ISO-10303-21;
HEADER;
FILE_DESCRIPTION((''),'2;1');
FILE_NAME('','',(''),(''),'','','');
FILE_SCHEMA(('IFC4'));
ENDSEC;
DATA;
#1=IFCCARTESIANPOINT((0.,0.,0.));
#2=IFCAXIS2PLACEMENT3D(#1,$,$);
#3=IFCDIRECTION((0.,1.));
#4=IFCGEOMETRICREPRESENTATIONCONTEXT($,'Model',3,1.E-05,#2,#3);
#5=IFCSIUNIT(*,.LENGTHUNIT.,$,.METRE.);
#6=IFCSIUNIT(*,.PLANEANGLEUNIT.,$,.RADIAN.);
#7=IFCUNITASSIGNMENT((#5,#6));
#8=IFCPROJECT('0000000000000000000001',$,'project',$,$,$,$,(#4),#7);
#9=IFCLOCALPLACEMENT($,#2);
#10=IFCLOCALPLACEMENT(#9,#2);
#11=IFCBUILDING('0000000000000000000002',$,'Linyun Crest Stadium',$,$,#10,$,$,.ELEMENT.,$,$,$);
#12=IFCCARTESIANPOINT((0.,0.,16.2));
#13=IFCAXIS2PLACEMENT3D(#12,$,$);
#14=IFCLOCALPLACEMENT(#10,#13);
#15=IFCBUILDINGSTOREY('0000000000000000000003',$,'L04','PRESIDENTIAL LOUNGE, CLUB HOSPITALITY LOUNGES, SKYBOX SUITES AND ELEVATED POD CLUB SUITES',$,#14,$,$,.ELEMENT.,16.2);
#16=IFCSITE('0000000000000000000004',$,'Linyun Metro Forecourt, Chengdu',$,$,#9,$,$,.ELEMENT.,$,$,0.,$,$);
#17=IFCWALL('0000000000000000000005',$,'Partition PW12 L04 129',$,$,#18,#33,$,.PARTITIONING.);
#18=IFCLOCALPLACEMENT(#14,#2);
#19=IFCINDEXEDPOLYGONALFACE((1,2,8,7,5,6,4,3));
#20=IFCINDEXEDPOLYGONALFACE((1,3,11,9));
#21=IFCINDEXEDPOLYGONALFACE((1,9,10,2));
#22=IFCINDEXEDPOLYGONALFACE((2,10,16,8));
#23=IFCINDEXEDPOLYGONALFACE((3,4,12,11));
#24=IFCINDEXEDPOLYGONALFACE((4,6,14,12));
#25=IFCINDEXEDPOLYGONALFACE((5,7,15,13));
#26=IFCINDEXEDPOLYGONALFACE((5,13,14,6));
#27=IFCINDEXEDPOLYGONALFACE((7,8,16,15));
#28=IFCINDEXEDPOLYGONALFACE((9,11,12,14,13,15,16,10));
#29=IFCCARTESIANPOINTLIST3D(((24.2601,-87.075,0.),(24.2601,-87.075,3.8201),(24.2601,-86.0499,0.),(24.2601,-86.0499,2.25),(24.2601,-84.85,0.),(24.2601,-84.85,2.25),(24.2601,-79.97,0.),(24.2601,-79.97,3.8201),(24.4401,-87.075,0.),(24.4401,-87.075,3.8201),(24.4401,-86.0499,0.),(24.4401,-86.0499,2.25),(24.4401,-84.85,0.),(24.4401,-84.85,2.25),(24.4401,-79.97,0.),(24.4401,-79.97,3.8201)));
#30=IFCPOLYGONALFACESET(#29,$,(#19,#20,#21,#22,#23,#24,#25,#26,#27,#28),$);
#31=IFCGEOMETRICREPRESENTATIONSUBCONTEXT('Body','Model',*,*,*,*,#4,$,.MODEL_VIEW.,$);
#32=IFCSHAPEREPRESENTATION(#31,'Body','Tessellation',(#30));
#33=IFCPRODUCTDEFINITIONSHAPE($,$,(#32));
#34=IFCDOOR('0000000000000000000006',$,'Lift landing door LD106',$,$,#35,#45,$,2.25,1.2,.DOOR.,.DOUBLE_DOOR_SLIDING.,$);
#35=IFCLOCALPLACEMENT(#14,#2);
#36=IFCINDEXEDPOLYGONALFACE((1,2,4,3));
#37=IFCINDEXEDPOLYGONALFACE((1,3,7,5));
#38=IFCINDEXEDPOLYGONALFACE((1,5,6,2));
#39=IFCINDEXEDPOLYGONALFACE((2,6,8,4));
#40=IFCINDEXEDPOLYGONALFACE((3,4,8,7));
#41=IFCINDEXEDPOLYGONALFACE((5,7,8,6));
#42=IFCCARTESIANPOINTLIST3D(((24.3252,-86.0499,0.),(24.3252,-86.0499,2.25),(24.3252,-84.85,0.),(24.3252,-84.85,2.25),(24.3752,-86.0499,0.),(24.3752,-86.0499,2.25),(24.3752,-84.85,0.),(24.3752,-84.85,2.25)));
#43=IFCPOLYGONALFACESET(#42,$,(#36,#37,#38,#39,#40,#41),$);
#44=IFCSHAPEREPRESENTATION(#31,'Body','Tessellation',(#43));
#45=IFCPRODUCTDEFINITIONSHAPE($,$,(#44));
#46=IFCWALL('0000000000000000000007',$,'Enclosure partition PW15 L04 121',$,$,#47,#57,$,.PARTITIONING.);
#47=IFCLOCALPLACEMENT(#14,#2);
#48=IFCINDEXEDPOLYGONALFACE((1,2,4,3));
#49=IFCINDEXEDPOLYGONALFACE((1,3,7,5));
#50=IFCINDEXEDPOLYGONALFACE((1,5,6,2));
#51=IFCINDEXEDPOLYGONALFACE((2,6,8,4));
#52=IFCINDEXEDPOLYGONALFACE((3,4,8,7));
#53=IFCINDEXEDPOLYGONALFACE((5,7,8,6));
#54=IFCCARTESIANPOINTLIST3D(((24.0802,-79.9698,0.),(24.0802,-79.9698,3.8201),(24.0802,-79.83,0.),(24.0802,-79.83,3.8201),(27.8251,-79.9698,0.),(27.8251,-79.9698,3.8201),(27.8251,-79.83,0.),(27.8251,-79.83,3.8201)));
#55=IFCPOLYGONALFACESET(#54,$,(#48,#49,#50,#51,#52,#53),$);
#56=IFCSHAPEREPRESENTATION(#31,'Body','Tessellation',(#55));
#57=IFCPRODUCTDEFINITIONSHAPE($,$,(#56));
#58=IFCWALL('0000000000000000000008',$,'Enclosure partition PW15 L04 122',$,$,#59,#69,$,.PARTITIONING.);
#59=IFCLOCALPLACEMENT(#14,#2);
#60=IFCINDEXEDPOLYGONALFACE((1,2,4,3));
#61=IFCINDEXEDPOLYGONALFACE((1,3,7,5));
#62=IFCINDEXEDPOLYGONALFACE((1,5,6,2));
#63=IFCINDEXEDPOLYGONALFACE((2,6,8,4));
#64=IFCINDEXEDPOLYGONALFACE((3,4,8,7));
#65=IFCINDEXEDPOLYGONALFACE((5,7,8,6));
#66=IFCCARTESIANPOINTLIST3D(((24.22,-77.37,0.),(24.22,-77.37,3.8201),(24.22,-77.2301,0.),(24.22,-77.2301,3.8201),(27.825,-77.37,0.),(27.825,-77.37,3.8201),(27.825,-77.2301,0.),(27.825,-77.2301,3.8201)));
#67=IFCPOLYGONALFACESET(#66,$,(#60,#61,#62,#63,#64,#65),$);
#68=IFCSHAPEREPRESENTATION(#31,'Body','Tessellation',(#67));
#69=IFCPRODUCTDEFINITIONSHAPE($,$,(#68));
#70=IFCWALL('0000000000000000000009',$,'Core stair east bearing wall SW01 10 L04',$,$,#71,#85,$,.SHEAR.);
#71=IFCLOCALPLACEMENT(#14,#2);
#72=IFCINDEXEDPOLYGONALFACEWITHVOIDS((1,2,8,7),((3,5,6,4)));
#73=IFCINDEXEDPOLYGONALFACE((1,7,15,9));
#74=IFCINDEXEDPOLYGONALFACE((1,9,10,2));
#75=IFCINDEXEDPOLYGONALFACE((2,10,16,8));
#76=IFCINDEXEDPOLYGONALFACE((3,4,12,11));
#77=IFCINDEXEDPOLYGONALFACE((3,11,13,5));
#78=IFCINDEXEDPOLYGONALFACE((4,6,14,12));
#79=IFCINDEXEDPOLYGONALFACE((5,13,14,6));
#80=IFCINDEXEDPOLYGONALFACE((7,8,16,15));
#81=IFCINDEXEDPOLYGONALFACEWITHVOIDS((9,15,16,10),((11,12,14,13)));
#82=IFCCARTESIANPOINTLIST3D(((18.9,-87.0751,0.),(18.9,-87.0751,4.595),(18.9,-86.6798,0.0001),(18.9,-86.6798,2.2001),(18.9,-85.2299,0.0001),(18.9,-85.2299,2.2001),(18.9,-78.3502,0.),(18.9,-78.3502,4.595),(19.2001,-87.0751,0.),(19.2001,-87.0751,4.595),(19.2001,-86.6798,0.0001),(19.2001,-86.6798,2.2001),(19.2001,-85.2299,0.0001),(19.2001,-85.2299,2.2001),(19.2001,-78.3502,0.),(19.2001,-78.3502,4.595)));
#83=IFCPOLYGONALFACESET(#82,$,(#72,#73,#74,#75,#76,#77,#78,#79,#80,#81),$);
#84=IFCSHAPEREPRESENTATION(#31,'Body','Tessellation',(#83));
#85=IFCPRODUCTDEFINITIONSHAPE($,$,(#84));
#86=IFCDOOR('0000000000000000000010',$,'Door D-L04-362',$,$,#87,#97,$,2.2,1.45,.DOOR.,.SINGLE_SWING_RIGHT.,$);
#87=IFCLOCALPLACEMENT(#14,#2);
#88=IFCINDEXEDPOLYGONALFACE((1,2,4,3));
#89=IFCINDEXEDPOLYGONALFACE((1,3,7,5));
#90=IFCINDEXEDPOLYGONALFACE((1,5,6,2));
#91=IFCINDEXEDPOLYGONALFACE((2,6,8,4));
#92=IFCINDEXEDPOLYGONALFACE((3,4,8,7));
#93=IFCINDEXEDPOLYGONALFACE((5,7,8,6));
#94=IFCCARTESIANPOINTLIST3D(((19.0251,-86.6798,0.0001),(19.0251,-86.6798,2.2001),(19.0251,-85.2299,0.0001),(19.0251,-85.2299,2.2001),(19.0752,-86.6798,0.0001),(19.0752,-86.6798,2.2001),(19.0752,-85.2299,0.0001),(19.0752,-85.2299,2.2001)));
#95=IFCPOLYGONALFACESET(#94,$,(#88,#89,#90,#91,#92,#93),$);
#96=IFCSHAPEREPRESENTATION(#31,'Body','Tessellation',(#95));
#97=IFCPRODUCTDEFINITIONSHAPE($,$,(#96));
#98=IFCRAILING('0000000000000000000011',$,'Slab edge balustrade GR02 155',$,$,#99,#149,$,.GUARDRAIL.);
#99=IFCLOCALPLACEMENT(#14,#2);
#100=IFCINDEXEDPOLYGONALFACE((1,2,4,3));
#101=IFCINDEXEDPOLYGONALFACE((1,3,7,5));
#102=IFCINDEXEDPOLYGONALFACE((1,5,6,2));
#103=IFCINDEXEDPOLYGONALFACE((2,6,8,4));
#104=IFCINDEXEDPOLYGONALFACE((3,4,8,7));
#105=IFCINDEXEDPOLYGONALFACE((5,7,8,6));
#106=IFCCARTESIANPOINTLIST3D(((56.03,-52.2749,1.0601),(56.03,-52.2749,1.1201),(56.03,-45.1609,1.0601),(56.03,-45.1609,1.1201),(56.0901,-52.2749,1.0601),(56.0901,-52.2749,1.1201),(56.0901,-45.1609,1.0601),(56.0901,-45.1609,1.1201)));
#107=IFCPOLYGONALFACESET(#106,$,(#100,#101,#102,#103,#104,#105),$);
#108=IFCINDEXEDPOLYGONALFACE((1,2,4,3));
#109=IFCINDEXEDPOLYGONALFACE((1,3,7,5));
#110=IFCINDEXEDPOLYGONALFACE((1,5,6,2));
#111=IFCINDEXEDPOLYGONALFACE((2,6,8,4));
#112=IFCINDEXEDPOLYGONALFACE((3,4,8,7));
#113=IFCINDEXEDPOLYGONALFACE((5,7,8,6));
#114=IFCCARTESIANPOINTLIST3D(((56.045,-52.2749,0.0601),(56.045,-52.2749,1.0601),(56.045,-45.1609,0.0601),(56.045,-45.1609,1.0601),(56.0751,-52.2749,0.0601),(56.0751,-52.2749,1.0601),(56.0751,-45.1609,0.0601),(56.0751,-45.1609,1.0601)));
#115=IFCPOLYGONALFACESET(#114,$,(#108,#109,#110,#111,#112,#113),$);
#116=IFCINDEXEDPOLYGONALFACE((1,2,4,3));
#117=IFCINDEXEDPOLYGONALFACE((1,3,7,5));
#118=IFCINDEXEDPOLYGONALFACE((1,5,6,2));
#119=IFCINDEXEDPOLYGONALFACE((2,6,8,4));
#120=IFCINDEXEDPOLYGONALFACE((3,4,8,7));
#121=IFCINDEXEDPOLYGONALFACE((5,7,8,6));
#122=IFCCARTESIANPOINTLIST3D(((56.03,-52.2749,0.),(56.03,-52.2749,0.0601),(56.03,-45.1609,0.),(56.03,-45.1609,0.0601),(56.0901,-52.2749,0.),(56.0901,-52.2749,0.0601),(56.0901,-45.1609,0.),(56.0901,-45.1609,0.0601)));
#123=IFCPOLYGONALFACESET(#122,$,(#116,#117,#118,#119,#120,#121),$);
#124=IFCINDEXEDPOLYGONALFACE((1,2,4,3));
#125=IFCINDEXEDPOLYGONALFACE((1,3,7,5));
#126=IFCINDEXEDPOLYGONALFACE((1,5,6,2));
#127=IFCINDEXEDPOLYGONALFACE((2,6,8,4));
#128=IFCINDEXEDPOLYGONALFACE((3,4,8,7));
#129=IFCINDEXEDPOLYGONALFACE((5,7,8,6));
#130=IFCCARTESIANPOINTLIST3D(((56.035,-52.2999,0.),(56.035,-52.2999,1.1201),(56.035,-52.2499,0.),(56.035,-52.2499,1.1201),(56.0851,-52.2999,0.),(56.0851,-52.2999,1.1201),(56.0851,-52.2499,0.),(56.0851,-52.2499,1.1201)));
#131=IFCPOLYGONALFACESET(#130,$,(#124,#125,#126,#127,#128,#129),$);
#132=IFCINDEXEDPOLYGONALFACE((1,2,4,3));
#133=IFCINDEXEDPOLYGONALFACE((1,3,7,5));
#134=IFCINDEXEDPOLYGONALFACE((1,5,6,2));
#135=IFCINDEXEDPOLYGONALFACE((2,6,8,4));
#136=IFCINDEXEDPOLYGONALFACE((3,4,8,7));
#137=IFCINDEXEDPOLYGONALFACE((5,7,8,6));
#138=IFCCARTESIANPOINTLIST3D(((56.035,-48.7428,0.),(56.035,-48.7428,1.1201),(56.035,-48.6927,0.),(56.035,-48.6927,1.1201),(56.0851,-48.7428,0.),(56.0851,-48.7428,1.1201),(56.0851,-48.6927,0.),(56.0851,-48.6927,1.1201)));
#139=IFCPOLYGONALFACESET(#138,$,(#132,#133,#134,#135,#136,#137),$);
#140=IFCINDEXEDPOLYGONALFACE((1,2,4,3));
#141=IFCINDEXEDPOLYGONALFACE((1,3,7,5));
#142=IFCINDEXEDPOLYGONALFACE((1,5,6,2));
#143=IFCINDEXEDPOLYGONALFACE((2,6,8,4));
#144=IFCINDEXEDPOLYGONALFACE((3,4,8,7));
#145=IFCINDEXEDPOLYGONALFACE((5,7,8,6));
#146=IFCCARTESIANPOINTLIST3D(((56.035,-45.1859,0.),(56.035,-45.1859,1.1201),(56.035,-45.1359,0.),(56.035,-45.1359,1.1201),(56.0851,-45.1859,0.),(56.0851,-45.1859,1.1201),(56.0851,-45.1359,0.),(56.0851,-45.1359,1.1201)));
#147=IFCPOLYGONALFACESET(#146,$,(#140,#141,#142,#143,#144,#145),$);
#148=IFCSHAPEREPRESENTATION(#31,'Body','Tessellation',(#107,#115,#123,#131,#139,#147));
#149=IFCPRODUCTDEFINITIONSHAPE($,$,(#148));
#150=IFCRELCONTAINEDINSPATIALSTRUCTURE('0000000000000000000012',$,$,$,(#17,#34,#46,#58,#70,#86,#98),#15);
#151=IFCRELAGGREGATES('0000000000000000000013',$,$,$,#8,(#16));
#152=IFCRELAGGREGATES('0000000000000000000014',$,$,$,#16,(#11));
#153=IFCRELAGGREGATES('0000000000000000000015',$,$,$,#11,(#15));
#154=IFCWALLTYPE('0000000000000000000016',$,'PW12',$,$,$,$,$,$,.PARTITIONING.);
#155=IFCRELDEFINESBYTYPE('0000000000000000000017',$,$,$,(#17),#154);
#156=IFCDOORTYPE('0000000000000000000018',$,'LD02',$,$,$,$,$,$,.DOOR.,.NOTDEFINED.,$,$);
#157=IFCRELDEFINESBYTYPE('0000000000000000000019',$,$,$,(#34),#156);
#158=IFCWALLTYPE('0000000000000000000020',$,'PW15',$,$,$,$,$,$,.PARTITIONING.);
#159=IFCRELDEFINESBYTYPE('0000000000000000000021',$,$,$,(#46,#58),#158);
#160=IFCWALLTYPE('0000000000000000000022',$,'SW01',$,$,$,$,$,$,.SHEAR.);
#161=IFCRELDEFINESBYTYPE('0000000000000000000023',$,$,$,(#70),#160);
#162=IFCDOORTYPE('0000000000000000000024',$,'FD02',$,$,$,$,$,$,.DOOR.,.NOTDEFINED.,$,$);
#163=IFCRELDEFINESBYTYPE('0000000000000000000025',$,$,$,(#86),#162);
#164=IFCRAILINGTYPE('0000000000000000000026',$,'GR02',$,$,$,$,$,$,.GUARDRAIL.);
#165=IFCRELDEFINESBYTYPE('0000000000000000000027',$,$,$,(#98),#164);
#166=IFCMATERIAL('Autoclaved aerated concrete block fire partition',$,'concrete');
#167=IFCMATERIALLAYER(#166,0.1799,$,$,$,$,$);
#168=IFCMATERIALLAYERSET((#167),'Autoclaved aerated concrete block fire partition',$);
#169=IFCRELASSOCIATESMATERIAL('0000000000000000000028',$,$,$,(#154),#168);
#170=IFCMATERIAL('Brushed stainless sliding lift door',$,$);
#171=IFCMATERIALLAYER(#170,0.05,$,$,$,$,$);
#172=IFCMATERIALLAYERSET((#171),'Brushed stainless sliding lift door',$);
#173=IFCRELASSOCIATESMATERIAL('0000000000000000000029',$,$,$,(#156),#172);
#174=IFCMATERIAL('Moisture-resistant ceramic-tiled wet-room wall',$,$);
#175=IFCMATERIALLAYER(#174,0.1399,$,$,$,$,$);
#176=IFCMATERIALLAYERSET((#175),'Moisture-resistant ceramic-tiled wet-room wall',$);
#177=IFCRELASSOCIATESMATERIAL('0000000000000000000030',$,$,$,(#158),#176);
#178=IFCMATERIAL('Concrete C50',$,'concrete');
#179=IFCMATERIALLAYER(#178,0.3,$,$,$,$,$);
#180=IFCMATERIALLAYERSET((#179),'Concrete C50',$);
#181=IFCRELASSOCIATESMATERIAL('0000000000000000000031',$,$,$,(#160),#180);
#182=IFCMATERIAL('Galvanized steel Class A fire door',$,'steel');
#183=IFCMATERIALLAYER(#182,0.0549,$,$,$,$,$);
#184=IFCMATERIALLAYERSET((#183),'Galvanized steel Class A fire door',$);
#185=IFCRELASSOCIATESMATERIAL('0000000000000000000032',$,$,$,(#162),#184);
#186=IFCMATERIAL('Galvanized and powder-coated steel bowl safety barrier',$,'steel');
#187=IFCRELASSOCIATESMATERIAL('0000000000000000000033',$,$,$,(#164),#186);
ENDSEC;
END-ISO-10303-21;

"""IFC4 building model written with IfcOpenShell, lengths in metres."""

from ifc_helpers import new_model, si_unit, direction, frame, frame_2d, origin, origin_2d, place, context, subcontext, project, spatial, rectangle, extrude, material, layer, layer_set, type_object, element, fill, save


model = new_model("IFC4")

# Units and contexts
model_context = context("Model", 3, precision=1e-05, world=origin(), true_north=direction((0.0, 1.0)))
body_context = subcontext(model_context, "Body", "Model", "MODEL_VIEW")
ifc_project = project(units=[si_unit("LENGTHUNIT", "METRE"), si_unit("PLANEANGLEUNIT", "RADIAN")], contexts=[model_context])

# Site, building, storey
site_placement = place(None, origin())
site = spatial("IfcSite", under=ifc_project, at=site_placement, Name="Linyun Metro Forecourt, Chengdu", CompositionType="ELEMENT", RefElevation=0.0)
building_placement = place(site_placement, origin())
building = spatial("IfcBuilding", under=site, at=building_placement, Name="Linyun Crest Stadium", CompositionType="ELEMENT")
storey_placement = place(building_placement, frame((0.0, 0.0, 16.2)))
storey = spatial("IfcBuildingStorey", under=building, at=storey_placement, Name="L04", Description="PRESIDENTIAL LOUNGE, CLUB HOSPITALITY LOUNGES, SKYBOX SUITES AND ELEVATED POD CLUB SUITES", CompositionType="ELEMENT", Elevation=16.2)

# Wall, opening, door
ifc_material_1 = material(Name="Autoclaved aerated concrete block fire partition", Category="concrete")
ifc_layer_1 = layer(ifc_material_1, 0.1799)
ifc_layer_set_1 = layer_set([ifc_layer_1], Name="Autoclaved aerated concrete block fire partition")
wall_type_1 = type_object("IfcWallType", Name="PW12", PredefinedType="PARTITIONING", material=ifc_layer_set_1)
wall_1_placement = place(storey_placement, frame((24.3501, -87.075, 0.0), z_axis=(0.0, 0.0, 1.0), x_axis=(0.0, 1.0, 0.0)))
wall_1 = element("IfcWall", 1, at=wall_1_placement, inside=storey, type_object=wall_type_1, Name="Partition PW12 L04 129", PredefinedType="PARTITIONING", context=body_context, shape_type="SweptSolid", body=[
    extrude(rectangle(XDim=7.105, YDim=0.1799, at=frame_2d((3.5525, 0.0))), origin(), (0.0, 0.0, 1.0), 3.8201),
])
opening_1_placement = place(wall_1_placement, frame((1.0249, 0.0, 0.0)))
opening_1 = element("IfcOpeningElement", 2, at=opening_1_placement, cuts=wall_1, PredefinedType="OPENING", context=body_context, shape_type="SweptSolid", body=[
    extrude(rectangle(XDim=1.2, YDim=2.25, at=frame_2d((0.6001, 1.125))), frame((0.0, 0.0999, 0.0), z_axis=(0.0, -1.0, 0.0), x_axis=(1.0, 0.0, 0.0)), (0.0, 0.0, 1.0), 0.2),
])
ifc_material_2 = material(Name="Brushed stainless sliding lift door")
ifc_layer_2 = layer(ifc_material_2, 0.05)
ifc_layer_set_2 = layer_set([ifc_layer_2], Name="Brushed stainless sliding lift door")
door_type_1 = type_object("IfcDoorType", Name="LD02", OperationType="NOTDEFINED", PredefinedType="DOOR", material=ifc_layer_set_2)
door_1_placement = place(opening_1_placement, origin())
door_1 = element("IfcDoor", 3, at=door_1_placement, inside=storey, type_object=door_type_1, Name="Lift landing door LD106", OperationType="DOUBLE_DOOR_SLIDING", OverallHeight=2.25, OverallWidth=1.2, PredefinedType="DOOR", context=body_context, shape_type="SweptSolid", body=[
    extrude(rectangle(XDim=1.2, YDim=2.25, at=frame_2d((0.6001, 1.125))), frame((0.0, 0.0249, 0.0), z_axis=(0.0, -1.0, 0.0), x_axis=(1.0, 0.0, 0.0)), (0.0, 0.0, 1.0), 0.05),
])
fill(opening_1, door_1)

# Shared definitions
ifc_material_3 = material(Name="Moisture-resistant ceramic-tiled wet-room wall")
ifc_layer_3 = layer(ifc_material_3, 0.1399)
ifc_layer_set_3 = layer_set([ifc_layer_3], Name="Moisture-resistant ceramic-tiled wet-room wall")
wall_type_2 = type_object("IfcWallType", Name="PW15", PredefinedType="PARTITIONING", material=ifc_layer_set_3)

# Walls
wall_2_placement = place(storey_placement, frame((24.0801, -79.8999, 0.0), z_axis=(0.0, 0.0, 1.0), x_axis=(1.0, 0.0, 0.0)))
element("IfcWall", 4, at=wall_2_placement, inside=storey, type_object=wall_type_2, Name="Enclosure partition PW15 L04 121", PredefinedType="PARTITIONING", context=body_context, shape_type="SweptSolid", body=[
    extrude(rectangle(XDim=3.7449, YDim=0.1399, at=frame_2d((1.8726, 0.0))), origin(), (0.0, 0.0, 1.0), 3.8201),
])
wall_3_placement = place(storey_placement, frame((24.22, -77.3, 0.0), z_axis=(0.0, 0.0, 1.0), x_axis=(1.0, 0.0, 0.0)))
element("IfcWall", 5, at=wall_3_placement, inside=storey, type_object=wall_type_2, Name="Enclosure partition PW15 L04 122", PredefinedType="PARTITIONING", context=body_context, shape_type="SweptSolid", body=[
    extrude(rectangle(XDim=3.605, YDim=0.1399, at=frame_2d((1.8025, 0.0))), origin(), (0.0, 0.0, 1.0), 3.8201),
])

# Wall, opening, door
ifc_material_4 = material(Name="Concrete C50", Category="concrete")
ifc_layer_4 = layer(ifc_material_4, 0.3)
ifc_layer_set_4 = layer_set([ifc_layer_4], Name="Concrete C50")
wall_type_3 = type_object("IfcWallType", Name="SW01", PredefinedType="SHEAR", material=ifc_layer_set_4)
wall_4_placement = place(storey_placement, frame((19.05, -87.075, 0.0), z_axis=(0.0, 0.0, 1.0), x_axis=(0.0, 1.0, 0.0)))
wall_4 = element("IfcWall", 6, at=wall_4_placement, inside=storey, type_object=wall_type_3, Name="Core stair east bearing wall SW01 10 L04", PredefinedType="SHEAR", context=body_context, shape_type="SweptSolid", body=[
    extrude(rectangle(XDim=8.7249, YDim=0.3, at=frame_2d((4.3623, 0.0))), origin(), (0.0, 0.0, 1.0), 4.595),
])
opening_2_placement = place(wall_4_placement, frame((0.395, 0.0, 0.0)))
opening_2 = element("IfcOpeningElement", 7, at=opening_2_placement, cuts=wall_4, PredefinedType="OPENING", context=body_context, shape_type="SweptSolid", body=[
    extrude(rectangle(XDim=1.45, YDim=2.2, at=frame_2d((0.7251, 1.1001))), frame((0.0, 0.1599, 0.0), z_axis=(0.0, -1.0, 0.0), x_axis=(1.0, 0.0, 0.0)), (0.0, 0.0, 1.0), 0.3201),
])
ifc_material_5 = material(Name="Galvanized steel Class A fire door", Category="steel")
ifc_layer_5 = layer(ifc_material_5, 0.0549)
ifc_layer_set_5 = layer_set([ifc_layer_5], Name="Galvanized steel Class A fire door")
door_type_2 = type_object("IfcDoorType", Name="FD02", OperationType="NOTDEFINED", PredefinedType="DOOR", material=ifc_layer_set_5)
door_2_placement = place(opening_2_placement, origin())
door_2 = element("IfcDoor", 8, at=door_2_placement, inside=storey, type_object=door_type_2, Name="Door D-L04-362", OperationType="SINGLE_SWING_RIGHT", OverallHeight=2.2, OverallWidth=1.45, PredefinedType="DOOR", context=body_context, shape_type="SweptSolid", body=[
    extrude(rectangle(XDim=1.45, YDim=2.2, at=frame_2d((0.7251, 1.1001))), frame((0.0, 0.0249, 0.0), z_axis=(0.0, -1.0, 0.0), x_axis=(1.0, 0.0, 0.0)), (0.0, 0.0, 1.0), 0.05),
])
fill(opening_2, door_2)

# Railing
ifc_material_6 = material(Name="Galvanized and powder-coated steel bowl safety barrier", Category="steel")
railing_type_1 = type_object("IfcRailingType", Name="GR02", PredefinedType="GUARDRAIL", material=ifc_material_6)
railing_1_placement = place(storey_placement, frame((56.0601, -52.2749, 0.0)))
element("IfcRailing", 9, at=railing_1_placement, inside=storey, type_object=railing_type_1, Name="Slab edge balustrade GR02 155", PredefinedType="GUARDRAIL", context=body_context, shape_type="SweptSolid", body=[
    extrude(rectangle(XDim=0.0601, YDim=0.0601, at=origin_2d()), frame((0.0, 0.0, 1.0901), z_axis=(0.0, 1.0, 0.0), x_axis=(-1.0, 0.0, 0.0)), (0.0, 0.0, 1.0), 7.114),
    extrude(rectangle(XDim=0.03, YDim=1.0, at=origin_2d()), frame((0.0, 0.0, 0.5601), z_axis=(0.0, 1.0, 0.0), x_axis=(-1.0, 0.0, 0.0)), (0.0, 0.0, 1.0), 7.114),
    extrude(rectangle(XDim=0.0601, YDim=0.0601, at=origin_2d()), frame((0.0, 0.0, 0.03), z_axis=(0.0, 1.0, 0.0), x_axis=(-1.0, 0.0, 0.0)), (0.0, 0.0, 1.0), 7.114),
    extrude(rectangle(XDim=0.05, YDim=0.05, at=origin_2d()), origin(), (0.0, 0.0, 1.0), 1.1201),
    extrude(rectangle(XDim=0.05, YDim=0.05, at=origin_2d()), frame((0.0, 3.5571, 0.0)), (0.0, 0.0, 1.0), 1.1201),
    extrude(rectangle(XDim=0.05, YDim=0.05, at=origin_2d()), frame((0.0, 7.114, 0.0)), (0.0, 0.0, 1.0), 1.1201),
])

save(model, "model.ifc")
